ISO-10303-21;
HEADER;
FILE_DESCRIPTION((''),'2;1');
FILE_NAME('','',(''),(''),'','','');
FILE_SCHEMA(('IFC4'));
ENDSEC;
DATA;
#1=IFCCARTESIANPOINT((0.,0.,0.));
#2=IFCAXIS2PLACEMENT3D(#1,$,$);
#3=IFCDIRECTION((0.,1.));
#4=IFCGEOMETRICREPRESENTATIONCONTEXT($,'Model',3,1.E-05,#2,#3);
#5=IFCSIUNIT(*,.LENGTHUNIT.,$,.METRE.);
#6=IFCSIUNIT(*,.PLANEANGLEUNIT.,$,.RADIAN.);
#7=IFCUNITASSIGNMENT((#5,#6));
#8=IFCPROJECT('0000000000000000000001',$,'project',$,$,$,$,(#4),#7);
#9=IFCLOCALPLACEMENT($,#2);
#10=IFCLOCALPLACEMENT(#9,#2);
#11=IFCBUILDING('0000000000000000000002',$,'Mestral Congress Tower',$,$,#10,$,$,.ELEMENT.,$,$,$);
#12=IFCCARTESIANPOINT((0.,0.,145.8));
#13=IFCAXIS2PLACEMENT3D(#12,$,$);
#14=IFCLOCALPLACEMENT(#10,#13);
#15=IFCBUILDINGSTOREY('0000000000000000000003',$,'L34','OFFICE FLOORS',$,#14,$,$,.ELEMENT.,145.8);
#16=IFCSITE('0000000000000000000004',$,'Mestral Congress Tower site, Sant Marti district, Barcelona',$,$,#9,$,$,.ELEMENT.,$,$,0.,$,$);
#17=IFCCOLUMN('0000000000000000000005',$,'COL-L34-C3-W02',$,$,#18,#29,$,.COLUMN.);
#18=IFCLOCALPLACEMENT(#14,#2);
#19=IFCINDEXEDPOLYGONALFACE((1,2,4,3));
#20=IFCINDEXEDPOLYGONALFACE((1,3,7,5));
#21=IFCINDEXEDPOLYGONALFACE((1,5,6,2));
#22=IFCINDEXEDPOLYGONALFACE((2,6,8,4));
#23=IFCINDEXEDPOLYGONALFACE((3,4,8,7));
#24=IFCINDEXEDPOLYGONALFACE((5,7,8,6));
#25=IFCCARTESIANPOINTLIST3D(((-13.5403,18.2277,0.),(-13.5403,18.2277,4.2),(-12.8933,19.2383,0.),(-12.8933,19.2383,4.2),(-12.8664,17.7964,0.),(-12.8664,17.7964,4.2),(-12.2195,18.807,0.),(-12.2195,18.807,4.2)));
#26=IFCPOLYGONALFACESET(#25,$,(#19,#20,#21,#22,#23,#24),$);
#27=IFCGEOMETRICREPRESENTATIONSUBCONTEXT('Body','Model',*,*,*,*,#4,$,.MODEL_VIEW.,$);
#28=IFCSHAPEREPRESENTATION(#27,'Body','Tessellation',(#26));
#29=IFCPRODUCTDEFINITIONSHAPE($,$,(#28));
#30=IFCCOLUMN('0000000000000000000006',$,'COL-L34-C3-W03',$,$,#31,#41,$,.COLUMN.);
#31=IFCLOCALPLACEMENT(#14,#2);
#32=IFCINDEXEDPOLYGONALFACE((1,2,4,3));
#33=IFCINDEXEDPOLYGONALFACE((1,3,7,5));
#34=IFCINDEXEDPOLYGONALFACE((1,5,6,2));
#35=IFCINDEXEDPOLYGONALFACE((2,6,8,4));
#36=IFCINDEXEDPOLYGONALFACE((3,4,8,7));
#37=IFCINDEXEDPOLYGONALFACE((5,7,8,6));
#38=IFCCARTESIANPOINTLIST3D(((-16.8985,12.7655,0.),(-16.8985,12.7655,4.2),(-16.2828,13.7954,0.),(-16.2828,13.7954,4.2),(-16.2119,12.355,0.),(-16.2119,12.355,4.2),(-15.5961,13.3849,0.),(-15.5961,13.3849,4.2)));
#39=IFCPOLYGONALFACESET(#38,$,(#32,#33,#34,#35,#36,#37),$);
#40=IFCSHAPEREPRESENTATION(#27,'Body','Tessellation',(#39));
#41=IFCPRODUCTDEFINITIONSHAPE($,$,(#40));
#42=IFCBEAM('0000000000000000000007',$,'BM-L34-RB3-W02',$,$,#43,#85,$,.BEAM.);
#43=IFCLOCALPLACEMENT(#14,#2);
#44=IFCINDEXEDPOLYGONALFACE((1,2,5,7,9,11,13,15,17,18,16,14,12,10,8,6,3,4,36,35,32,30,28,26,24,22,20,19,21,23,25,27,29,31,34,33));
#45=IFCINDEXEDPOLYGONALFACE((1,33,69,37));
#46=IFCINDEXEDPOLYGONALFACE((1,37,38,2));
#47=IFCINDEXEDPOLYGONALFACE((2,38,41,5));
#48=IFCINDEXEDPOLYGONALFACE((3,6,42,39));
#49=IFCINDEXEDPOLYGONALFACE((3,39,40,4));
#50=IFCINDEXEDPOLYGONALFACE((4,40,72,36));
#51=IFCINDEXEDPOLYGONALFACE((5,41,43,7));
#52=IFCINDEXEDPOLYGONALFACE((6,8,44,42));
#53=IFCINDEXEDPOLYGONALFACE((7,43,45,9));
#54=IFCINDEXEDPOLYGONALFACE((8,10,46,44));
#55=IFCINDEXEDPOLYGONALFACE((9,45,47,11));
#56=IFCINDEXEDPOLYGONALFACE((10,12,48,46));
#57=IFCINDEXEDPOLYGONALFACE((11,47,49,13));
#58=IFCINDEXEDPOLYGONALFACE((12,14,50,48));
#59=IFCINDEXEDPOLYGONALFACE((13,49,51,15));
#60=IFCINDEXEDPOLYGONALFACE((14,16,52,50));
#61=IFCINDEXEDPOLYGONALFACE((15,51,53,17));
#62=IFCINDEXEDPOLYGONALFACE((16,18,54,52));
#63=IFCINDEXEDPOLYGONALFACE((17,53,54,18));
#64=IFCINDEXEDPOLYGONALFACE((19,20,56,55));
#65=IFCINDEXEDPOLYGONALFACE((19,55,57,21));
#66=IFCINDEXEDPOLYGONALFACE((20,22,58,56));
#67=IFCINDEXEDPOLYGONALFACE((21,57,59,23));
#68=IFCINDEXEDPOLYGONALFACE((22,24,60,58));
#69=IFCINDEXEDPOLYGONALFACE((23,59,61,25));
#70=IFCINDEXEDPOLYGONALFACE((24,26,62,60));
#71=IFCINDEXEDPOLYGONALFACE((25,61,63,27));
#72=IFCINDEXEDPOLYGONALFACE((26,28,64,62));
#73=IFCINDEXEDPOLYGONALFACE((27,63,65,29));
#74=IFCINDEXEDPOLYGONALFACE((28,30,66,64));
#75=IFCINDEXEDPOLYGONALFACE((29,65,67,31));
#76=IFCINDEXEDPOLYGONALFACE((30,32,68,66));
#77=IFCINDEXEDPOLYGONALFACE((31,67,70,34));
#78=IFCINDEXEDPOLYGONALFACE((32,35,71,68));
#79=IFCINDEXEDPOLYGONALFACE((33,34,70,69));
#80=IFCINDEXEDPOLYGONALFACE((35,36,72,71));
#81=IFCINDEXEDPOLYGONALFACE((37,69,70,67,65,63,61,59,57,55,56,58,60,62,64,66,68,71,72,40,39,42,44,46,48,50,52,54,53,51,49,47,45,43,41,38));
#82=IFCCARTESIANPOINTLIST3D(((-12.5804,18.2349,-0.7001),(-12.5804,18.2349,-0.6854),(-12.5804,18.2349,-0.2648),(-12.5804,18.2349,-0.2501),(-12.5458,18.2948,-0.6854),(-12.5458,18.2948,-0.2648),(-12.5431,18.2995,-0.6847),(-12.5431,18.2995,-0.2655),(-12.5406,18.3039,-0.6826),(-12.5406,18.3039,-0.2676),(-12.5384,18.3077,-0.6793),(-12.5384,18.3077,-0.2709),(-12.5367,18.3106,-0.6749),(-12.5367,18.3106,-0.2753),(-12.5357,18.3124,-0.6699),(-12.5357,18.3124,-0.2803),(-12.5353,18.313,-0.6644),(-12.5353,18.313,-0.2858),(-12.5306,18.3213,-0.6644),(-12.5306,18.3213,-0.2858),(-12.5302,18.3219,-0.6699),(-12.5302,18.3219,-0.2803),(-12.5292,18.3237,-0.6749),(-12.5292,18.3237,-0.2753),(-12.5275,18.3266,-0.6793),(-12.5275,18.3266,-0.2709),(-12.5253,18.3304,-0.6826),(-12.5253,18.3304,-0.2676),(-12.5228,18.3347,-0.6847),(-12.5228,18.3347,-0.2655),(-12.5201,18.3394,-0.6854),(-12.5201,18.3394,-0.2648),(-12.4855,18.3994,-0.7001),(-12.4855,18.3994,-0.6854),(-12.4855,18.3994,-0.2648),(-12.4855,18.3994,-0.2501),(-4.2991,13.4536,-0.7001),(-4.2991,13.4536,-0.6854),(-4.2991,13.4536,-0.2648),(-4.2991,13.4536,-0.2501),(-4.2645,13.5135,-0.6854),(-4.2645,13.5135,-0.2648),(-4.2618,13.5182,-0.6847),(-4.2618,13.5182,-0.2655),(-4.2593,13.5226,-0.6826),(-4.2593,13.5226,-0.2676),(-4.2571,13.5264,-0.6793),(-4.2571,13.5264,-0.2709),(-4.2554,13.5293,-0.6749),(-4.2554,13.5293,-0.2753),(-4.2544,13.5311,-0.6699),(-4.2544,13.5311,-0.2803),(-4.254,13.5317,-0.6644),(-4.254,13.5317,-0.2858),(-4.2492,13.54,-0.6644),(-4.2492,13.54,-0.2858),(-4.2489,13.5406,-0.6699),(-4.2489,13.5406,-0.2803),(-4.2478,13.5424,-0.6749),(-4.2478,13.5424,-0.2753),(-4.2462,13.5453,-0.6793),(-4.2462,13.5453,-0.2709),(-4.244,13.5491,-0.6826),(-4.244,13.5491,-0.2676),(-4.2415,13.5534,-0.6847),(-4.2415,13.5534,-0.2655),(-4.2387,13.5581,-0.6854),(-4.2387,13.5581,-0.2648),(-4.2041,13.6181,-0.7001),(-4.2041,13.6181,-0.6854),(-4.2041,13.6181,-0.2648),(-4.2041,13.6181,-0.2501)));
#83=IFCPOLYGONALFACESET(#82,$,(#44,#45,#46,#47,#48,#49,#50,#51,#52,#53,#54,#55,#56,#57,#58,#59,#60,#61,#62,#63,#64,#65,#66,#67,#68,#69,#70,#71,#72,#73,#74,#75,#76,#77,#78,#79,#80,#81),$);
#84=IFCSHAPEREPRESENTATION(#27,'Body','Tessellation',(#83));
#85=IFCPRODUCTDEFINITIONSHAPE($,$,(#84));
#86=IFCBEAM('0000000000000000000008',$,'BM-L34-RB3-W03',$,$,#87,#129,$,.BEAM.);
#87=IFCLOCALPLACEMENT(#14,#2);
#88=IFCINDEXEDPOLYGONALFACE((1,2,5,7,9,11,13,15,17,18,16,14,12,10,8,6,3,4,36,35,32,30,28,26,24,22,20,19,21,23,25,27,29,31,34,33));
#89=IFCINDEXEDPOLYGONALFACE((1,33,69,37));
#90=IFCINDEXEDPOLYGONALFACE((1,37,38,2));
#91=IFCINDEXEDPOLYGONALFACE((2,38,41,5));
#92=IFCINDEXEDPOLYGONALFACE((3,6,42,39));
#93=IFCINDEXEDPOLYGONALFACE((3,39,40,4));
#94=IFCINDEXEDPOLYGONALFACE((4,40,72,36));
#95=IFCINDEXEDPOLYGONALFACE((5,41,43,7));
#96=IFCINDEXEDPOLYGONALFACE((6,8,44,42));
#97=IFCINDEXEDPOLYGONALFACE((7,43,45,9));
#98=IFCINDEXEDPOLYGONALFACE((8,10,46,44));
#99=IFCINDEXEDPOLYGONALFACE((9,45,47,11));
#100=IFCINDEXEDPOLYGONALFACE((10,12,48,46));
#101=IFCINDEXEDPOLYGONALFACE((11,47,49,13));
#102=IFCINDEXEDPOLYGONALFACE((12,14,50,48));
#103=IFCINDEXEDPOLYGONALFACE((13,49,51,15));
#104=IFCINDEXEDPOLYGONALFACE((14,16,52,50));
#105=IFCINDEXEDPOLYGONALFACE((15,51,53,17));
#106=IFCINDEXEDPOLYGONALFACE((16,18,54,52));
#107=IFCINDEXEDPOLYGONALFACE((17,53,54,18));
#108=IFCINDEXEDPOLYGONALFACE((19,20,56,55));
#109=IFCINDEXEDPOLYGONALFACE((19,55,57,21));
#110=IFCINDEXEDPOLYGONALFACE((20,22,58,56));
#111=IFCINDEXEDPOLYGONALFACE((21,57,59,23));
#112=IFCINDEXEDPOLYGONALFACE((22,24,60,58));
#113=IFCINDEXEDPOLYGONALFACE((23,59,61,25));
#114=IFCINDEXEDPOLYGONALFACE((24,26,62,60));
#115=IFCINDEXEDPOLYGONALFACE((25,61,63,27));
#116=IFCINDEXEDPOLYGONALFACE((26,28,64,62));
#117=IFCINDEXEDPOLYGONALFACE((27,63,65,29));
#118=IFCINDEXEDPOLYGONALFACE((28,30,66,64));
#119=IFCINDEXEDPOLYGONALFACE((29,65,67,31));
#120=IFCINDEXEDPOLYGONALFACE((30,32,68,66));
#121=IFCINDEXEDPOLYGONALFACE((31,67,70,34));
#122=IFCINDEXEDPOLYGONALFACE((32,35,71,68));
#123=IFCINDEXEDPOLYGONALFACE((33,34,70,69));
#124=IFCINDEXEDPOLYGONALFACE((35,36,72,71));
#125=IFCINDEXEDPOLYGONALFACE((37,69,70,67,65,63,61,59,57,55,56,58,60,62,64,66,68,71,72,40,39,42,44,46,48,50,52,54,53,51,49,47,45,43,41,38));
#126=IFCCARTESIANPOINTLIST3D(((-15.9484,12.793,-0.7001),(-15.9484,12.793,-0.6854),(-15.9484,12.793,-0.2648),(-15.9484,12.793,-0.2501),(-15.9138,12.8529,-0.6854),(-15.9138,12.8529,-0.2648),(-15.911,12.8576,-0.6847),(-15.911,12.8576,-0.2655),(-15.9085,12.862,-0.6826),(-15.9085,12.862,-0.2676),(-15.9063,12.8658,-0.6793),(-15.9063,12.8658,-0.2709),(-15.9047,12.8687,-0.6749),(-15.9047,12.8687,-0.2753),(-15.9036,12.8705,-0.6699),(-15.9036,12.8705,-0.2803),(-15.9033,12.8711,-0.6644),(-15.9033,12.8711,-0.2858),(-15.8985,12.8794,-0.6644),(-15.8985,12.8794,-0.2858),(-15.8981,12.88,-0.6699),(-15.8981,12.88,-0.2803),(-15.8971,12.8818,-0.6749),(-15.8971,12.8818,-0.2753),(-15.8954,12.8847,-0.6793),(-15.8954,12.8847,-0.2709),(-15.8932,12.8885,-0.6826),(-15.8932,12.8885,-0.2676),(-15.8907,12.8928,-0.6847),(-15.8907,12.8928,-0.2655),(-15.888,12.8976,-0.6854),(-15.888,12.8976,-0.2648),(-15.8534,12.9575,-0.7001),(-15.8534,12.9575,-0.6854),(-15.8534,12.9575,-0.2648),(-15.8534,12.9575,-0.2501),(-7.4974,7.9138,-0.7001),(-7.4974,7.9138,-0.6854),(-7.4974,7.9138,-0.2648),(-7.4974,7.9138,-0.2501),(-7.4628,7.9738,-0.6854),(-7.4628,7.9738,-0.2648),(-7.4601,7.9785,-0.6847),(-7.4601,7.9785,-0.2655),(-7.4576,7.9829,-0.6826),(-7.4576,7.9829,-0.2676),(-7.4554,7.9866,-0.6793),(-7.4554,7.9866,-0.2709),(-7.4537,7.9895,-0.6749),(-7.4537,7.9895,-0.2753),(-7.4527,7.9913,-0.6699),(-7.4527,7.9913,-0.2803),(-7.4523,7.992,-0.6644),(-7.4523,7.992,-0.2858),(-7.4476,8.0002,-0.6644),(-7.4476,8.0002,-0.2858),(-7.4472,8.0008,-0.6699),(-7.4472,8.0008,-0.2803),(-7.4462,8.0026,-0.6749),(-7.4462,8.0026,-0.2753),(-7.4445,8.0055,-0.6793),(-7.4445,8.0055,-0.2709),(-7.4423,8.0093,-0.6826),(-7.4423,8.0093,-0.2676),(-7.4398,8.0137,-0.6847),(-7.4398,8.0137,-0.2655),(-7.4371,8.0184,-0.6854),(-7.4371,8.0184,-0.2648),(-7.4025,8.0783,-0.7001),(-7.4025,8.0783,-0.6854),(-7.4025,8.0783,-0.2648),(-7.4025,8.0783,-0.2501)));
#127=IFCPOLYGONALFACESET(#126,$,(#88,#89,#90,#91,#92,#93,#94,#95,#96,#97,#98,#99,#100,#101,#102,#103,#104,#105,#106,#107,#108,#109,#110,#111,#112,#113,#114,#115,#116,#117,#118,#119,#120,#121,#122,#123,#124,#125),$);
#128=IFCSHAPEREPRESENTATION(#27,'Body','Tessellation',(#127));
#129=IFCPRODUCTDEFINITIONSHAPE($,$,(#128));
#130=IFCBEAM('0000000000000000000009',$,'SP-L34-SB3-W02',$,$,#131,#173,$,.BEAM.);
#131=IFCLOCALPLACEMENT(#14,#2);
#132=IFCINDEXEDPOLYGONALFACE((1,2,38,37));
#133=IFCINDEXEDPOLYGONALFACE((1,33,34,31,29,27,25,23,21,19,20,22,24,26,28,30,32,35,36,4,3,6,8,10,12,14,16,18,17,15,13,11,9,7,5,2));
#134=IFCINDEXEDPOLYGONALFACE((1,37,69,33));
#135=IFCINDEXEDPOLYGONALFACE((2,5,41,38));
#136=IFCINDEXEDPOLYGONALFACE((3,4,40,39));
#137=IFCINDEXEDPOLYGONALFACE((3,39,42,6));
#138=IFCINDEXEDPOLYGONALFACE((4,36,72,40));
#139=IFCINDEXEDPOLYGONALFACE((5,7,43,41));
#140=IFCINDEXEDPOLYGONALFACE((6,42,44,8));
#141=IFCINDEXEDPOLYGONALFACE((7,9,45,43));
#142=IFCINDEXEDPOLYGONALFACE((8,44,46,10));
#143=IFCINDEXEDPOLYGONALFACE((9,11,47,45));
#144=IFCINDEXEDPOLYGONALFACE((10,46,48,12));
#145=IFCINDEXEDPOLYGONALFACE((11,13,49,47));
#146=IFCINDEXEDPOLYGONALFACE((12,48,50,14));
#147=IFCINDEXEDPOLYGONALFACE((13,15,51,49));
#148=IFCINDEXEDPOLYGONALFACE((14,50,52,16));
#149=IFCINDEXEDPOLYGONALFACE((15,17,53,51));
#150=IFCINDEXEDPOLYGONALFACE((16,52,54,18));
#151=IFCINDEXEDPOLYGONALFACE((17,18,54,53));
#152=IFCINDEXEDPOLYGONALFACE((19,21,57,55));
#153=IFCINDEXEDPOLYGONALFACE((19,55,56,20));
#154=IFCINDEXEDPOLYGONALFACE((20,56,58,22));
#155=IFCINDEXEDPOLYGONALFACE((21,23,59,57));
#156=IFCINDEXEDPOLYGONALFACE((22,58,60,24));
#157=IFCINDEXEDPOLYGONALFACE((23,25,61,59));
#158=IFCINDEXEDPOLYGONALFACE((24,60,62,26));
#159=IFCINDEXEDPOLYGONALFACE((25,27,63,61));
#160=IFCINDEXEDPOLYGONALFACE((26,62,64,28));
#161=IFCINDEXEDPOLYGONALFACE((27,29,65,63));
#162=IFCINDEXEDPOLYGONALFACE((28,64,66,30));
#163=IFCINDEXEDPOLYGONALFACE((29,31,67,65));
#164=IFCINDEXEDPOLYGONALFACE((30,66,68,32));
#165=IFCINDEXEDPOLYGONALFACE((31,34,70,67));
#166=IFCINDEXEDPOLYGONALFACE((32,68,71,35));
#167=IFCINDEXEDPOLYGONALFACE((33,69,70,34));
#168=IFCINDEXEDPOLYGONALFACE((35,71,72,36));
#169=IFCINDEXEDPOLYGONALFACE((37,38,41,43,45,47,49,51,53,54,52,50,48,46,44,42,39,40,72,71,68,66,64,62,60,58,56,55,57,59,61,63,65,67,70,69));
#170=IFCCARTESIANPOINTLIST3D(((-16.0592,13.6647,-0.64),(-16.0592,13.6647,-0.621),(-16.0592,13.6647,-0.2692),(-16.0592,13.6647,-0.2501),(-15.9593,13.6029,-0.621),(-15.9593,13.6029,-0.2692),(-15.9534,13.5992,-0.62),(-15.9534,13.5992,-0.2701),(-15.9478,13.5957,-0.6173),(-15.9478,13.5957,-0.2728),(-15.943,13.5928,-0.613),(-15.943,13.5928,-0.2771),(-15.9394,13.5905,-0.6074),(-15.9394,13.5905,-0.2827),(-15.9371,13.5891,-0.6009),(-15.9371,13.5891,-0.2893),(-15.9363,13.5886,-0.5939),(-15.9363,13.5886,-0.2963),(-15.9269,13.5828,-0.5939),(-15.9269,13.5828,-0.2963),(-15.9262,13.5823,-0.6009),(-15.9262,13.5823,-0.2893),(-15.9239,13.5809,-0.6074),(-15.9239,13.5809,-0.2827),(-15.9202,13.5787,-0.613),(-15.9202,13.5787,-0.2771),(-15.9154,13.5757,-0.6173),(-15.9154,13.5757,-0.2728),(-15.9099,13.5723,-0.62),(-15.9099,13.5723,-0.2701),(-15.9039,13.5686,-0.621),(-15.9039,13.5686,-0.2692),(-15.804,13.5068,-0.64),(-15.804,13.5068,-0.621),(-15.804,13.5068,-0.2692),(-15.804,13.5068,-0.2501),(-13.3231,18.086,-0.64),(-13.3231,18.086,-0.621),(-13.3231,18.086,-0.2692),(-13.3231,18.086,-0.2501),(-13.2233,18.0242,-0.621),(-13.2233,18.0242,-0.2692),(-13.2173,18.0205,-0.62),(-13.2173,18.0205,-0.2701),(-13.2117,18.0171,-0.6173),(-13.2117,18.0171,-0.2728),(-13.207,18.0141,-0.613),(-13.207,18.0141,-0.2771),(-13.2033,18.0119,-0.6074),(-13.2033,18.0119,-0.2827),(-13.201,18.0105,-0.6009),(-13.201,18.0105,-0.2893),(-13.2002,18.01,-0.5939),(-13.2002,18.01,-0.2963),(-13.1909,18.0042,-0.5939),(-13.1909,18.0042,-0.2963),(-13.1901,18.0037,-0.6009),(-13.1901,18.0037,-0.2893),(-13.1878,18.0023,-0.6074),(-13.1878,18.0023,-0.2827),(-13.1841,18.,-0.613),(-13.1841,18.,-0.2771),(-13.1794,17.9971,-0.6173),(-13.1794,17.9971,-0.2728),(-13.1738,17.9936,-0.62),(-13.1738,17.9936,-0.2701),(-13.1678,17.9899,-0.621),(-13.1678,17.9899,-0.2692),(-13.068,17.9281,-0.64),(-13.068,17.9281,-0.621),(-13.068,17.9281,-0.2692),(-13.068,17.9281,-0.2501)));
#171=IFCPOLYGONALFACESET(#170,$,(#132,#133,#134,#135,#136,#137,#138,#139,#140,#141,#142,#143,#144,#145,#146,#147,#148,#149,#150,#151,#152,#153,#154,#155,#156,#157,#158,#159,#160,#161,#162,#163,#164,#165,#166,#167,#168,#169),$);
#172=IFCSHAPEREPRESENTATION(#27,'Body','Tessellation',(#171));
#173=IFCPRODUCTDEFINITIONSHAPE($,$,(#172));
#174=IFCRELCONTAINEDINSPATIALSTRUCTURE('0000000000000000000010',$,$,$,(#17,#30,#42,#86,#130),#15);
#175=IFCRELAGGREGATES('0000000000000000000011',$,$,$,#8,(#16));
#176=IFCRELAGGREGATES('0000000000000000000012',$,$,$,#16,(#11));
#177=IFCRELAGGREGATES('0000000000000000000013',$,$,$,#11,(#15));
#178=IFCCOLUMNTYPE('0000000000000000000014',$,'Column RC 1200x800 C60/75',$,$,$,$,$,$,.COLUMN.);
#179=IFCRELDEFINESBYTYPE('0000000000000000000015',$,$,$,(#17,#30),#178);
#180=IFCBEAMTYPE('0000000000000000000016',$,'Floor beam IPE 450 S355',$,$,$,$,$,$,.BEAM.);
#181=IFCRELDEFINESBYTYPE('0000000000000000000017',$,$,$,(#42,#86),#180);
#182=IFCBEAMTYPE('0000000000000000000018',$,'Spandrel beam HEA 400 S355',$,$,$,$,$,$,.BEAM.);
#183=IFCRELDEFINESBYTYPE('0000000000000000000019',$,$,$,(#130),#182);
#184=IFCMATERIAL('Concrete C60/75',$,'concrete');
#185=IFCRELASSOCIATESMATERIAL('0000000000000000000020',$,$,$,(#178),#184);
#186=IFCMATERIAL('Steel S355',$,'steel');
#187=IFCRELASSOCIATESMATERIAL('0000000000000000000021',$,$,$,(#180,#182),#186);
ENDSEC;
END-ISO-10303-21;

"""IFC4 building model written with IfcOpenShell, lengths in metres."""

from ifc_helpers import new_model, si_unit, direction, frame, origin, origin_2d, place, context, subcontext, project, spatial, rectangle, i_section, extrude, material, material_profile, profile_set, type_object, element, save


model = new_model("IFC4")

# Units and contexts
model_context = context("Model", 3, precision=1e-05, world=origin(), true_north=direction((0.0, 1.0)))
body_context = subcontext(model_context, "Body", "Model", "MODEL_VIEW")
ifc_project = project(units=[si_unit("LENGTHUNIT", "METRE"), si_unit("PLANEANGLEUNIT", "RADIAN")], contexts=[model_context])

# Site, building, storey
site_placement = place(None, origin())
site = spatial("IfcSite", under=ifc_project, at=site_placement, Name="Mestral Congress Tower site, Sant Marti district, Barcelona", CompositionType="ELEMENT", RefElevation=0.0)
building_placement = place(site_placement, origin())
building = spatial("IfcBuilding", under=site, at=building_placement, Name="Mestral Congress Tower", CompositionType="ELEMENT")
storey_placement = place(building_placement, frame((0.0, 0.0, 145.8)))
storey = spatial("IfcBuildingStorey", under=building, at=storey_placement, Name="L34", Description="OFFICE FLOORS", CompositionType="ELEMENT", Elevation=145.8)

# Columns
ifc_material_1 = material(Name="Concrete C60/75", Category="concrete")
ifc_material_profile_1 = material_profile(ifc_material_1, rectangle(XDim=1.2, YDim=0.8, at=origin_2d()), Name="RC 1200x800")
ifc_profile_set_1 = profile_set([ifc_material_profile_1], Name="Concrete C60/75")
column_type = type_object("IfcColumnType", Name="Column RC 1200x800 C60/75", PredefinedType="COLUMN", material=ifc_profile_set_1)
for number, where, z_axis, x_axis, name in (
    (1, (-12.8799, 18.5173, 0.0), (0.0, 0.0, 1.0), (-0.539115, -0.842232, 0.0), "COL-L34-C3-W02"),
    (2, (-16.2473, 13.0752, 0.0), (0.0, 0.0, 1.0), (-0.513159, -0.858293, 0.0), "COL-L34-C3-W03"),
):
    element("IfcColumn", number, at=place(storey_placement, frame(where, z_axis=z_axis, x_axis=x_axis)), inside=storey, type_object=column_type, Name=name, PredefinedType="COLUMN", context=body_context, shape_type="SweptSolid", body=[
        extrude(rectangle(XDim=1.2, YDim=0.8, at=origin_2d()), origin(), (0.0, 0.0, 1.0), 4.2),
    ])

# Beams
ifc_material_2 = material(Name="Steel S355", Category="steel")
ifc_material_profile_2 = material_profile(ifc_material_2, i_section(OverallWidth=0.1899, OverallDepth=0.45, WebThickness=0.0095, FlangeThickness=0.0146, FilletRadius=0.021, at=origin_2d()), Name="IPE 450")
ifc_profile_set_2 = profile_set([ifc_material_profile_2], Name="Steel S355")
beam_type_1 = type_object("IfcBeamType", Name="Floor beam IPE 450 S355", PredefinedType="BEAM", material=ifc_profile_set_2)
beam_1_placement = place(storey_placement, frame((-12.533, 18.3171, -0.4751), z_axis=(0.866022, -0.500005, 0.0), x_axis=(0.500005, 0.866022, 0.0)))
element("IfcBeam", 3, at=beam_1_placement, inside=storey, type_object=beam_type_1, Name="BM-L34-RB3-W02", PredefinedType="BEAM", context=body_context, shape_type="SweptSolid", body=[
    extrude(i_section(OverallWidth=0.1899, OverallDepth=0.45, WebThickness=0.0095, FlangeThickness=0.0146, FilletRadius=0.021, at=origin_2d()), origin(), (0.0, 0.0, 1.0), 9.5625),
])
beam_2_placement = place(storey_placement, frame((-15.9009, 12.8752, -0.4751), z_axis=(0.866025, -0.5, 0.0), x_axis=(0.5, 0.866025, 0.0)))
element("IfcBeam", 4, at=beam_2_placement, inside=storey, type_object=beam_type_1, Name="BM-L34-RB3-W03", PredefinedType="BEAM", context=body_context, shape_type="SweptSolid", body=[
    extrude(i_section(OverallWidth=0.1899, OverallDepth=0.45, WebThickness=0.0095, FlangeThickness=0.0146, FilletRadius=0.021, at=origin_2d()), origin(), (0.0, 0.0, 1.0), 9.7583),
])
ifc_material_profile_3 = material_profile(ifc_material_2, i_section(OverallWidth=0.3, OverallDepth=0.3899, WebThickness=0.011, FlangeThickness=0.019, FilletRadius=0.0271, at=origin_2d()), Name="HEA 400")
ifc_profile_set_3 = profile_set([ifc_material_profile_3], Name="Steel S355")
beam_type_2 = type_object("IfcBeamType", Name="Spandrel beam HEA 400 S355", PredefinedType="BEAM", material=ifc_profile_set_3)
beam_3_placement = place(storey_placement, frame((-13.1956, 18.0071, -0.4451), z_axis=(-0.52622, -0.850348, 0.0), x_axis=(0.850348, -0.52622, 0.0)))
element("IfcBeam", 5, at=beam_3_placement, inside=storey, type_object=beam_type_2, Name="SP-L34-SB3-W02", PredefinedType="BEAM", context=body_context, shape_type="SweptSolid", body=[
    extrude(i_section(OverallWidth=0.3, OverallDepth=0.3899, WebThickness=0.011, FlangeThickness=0.019, FilletRadius=0.0271, at=origin_2d()), origin(), (0.0, 0.0, 1.0), 5.1995),
])

save(model, "model.ifc")
